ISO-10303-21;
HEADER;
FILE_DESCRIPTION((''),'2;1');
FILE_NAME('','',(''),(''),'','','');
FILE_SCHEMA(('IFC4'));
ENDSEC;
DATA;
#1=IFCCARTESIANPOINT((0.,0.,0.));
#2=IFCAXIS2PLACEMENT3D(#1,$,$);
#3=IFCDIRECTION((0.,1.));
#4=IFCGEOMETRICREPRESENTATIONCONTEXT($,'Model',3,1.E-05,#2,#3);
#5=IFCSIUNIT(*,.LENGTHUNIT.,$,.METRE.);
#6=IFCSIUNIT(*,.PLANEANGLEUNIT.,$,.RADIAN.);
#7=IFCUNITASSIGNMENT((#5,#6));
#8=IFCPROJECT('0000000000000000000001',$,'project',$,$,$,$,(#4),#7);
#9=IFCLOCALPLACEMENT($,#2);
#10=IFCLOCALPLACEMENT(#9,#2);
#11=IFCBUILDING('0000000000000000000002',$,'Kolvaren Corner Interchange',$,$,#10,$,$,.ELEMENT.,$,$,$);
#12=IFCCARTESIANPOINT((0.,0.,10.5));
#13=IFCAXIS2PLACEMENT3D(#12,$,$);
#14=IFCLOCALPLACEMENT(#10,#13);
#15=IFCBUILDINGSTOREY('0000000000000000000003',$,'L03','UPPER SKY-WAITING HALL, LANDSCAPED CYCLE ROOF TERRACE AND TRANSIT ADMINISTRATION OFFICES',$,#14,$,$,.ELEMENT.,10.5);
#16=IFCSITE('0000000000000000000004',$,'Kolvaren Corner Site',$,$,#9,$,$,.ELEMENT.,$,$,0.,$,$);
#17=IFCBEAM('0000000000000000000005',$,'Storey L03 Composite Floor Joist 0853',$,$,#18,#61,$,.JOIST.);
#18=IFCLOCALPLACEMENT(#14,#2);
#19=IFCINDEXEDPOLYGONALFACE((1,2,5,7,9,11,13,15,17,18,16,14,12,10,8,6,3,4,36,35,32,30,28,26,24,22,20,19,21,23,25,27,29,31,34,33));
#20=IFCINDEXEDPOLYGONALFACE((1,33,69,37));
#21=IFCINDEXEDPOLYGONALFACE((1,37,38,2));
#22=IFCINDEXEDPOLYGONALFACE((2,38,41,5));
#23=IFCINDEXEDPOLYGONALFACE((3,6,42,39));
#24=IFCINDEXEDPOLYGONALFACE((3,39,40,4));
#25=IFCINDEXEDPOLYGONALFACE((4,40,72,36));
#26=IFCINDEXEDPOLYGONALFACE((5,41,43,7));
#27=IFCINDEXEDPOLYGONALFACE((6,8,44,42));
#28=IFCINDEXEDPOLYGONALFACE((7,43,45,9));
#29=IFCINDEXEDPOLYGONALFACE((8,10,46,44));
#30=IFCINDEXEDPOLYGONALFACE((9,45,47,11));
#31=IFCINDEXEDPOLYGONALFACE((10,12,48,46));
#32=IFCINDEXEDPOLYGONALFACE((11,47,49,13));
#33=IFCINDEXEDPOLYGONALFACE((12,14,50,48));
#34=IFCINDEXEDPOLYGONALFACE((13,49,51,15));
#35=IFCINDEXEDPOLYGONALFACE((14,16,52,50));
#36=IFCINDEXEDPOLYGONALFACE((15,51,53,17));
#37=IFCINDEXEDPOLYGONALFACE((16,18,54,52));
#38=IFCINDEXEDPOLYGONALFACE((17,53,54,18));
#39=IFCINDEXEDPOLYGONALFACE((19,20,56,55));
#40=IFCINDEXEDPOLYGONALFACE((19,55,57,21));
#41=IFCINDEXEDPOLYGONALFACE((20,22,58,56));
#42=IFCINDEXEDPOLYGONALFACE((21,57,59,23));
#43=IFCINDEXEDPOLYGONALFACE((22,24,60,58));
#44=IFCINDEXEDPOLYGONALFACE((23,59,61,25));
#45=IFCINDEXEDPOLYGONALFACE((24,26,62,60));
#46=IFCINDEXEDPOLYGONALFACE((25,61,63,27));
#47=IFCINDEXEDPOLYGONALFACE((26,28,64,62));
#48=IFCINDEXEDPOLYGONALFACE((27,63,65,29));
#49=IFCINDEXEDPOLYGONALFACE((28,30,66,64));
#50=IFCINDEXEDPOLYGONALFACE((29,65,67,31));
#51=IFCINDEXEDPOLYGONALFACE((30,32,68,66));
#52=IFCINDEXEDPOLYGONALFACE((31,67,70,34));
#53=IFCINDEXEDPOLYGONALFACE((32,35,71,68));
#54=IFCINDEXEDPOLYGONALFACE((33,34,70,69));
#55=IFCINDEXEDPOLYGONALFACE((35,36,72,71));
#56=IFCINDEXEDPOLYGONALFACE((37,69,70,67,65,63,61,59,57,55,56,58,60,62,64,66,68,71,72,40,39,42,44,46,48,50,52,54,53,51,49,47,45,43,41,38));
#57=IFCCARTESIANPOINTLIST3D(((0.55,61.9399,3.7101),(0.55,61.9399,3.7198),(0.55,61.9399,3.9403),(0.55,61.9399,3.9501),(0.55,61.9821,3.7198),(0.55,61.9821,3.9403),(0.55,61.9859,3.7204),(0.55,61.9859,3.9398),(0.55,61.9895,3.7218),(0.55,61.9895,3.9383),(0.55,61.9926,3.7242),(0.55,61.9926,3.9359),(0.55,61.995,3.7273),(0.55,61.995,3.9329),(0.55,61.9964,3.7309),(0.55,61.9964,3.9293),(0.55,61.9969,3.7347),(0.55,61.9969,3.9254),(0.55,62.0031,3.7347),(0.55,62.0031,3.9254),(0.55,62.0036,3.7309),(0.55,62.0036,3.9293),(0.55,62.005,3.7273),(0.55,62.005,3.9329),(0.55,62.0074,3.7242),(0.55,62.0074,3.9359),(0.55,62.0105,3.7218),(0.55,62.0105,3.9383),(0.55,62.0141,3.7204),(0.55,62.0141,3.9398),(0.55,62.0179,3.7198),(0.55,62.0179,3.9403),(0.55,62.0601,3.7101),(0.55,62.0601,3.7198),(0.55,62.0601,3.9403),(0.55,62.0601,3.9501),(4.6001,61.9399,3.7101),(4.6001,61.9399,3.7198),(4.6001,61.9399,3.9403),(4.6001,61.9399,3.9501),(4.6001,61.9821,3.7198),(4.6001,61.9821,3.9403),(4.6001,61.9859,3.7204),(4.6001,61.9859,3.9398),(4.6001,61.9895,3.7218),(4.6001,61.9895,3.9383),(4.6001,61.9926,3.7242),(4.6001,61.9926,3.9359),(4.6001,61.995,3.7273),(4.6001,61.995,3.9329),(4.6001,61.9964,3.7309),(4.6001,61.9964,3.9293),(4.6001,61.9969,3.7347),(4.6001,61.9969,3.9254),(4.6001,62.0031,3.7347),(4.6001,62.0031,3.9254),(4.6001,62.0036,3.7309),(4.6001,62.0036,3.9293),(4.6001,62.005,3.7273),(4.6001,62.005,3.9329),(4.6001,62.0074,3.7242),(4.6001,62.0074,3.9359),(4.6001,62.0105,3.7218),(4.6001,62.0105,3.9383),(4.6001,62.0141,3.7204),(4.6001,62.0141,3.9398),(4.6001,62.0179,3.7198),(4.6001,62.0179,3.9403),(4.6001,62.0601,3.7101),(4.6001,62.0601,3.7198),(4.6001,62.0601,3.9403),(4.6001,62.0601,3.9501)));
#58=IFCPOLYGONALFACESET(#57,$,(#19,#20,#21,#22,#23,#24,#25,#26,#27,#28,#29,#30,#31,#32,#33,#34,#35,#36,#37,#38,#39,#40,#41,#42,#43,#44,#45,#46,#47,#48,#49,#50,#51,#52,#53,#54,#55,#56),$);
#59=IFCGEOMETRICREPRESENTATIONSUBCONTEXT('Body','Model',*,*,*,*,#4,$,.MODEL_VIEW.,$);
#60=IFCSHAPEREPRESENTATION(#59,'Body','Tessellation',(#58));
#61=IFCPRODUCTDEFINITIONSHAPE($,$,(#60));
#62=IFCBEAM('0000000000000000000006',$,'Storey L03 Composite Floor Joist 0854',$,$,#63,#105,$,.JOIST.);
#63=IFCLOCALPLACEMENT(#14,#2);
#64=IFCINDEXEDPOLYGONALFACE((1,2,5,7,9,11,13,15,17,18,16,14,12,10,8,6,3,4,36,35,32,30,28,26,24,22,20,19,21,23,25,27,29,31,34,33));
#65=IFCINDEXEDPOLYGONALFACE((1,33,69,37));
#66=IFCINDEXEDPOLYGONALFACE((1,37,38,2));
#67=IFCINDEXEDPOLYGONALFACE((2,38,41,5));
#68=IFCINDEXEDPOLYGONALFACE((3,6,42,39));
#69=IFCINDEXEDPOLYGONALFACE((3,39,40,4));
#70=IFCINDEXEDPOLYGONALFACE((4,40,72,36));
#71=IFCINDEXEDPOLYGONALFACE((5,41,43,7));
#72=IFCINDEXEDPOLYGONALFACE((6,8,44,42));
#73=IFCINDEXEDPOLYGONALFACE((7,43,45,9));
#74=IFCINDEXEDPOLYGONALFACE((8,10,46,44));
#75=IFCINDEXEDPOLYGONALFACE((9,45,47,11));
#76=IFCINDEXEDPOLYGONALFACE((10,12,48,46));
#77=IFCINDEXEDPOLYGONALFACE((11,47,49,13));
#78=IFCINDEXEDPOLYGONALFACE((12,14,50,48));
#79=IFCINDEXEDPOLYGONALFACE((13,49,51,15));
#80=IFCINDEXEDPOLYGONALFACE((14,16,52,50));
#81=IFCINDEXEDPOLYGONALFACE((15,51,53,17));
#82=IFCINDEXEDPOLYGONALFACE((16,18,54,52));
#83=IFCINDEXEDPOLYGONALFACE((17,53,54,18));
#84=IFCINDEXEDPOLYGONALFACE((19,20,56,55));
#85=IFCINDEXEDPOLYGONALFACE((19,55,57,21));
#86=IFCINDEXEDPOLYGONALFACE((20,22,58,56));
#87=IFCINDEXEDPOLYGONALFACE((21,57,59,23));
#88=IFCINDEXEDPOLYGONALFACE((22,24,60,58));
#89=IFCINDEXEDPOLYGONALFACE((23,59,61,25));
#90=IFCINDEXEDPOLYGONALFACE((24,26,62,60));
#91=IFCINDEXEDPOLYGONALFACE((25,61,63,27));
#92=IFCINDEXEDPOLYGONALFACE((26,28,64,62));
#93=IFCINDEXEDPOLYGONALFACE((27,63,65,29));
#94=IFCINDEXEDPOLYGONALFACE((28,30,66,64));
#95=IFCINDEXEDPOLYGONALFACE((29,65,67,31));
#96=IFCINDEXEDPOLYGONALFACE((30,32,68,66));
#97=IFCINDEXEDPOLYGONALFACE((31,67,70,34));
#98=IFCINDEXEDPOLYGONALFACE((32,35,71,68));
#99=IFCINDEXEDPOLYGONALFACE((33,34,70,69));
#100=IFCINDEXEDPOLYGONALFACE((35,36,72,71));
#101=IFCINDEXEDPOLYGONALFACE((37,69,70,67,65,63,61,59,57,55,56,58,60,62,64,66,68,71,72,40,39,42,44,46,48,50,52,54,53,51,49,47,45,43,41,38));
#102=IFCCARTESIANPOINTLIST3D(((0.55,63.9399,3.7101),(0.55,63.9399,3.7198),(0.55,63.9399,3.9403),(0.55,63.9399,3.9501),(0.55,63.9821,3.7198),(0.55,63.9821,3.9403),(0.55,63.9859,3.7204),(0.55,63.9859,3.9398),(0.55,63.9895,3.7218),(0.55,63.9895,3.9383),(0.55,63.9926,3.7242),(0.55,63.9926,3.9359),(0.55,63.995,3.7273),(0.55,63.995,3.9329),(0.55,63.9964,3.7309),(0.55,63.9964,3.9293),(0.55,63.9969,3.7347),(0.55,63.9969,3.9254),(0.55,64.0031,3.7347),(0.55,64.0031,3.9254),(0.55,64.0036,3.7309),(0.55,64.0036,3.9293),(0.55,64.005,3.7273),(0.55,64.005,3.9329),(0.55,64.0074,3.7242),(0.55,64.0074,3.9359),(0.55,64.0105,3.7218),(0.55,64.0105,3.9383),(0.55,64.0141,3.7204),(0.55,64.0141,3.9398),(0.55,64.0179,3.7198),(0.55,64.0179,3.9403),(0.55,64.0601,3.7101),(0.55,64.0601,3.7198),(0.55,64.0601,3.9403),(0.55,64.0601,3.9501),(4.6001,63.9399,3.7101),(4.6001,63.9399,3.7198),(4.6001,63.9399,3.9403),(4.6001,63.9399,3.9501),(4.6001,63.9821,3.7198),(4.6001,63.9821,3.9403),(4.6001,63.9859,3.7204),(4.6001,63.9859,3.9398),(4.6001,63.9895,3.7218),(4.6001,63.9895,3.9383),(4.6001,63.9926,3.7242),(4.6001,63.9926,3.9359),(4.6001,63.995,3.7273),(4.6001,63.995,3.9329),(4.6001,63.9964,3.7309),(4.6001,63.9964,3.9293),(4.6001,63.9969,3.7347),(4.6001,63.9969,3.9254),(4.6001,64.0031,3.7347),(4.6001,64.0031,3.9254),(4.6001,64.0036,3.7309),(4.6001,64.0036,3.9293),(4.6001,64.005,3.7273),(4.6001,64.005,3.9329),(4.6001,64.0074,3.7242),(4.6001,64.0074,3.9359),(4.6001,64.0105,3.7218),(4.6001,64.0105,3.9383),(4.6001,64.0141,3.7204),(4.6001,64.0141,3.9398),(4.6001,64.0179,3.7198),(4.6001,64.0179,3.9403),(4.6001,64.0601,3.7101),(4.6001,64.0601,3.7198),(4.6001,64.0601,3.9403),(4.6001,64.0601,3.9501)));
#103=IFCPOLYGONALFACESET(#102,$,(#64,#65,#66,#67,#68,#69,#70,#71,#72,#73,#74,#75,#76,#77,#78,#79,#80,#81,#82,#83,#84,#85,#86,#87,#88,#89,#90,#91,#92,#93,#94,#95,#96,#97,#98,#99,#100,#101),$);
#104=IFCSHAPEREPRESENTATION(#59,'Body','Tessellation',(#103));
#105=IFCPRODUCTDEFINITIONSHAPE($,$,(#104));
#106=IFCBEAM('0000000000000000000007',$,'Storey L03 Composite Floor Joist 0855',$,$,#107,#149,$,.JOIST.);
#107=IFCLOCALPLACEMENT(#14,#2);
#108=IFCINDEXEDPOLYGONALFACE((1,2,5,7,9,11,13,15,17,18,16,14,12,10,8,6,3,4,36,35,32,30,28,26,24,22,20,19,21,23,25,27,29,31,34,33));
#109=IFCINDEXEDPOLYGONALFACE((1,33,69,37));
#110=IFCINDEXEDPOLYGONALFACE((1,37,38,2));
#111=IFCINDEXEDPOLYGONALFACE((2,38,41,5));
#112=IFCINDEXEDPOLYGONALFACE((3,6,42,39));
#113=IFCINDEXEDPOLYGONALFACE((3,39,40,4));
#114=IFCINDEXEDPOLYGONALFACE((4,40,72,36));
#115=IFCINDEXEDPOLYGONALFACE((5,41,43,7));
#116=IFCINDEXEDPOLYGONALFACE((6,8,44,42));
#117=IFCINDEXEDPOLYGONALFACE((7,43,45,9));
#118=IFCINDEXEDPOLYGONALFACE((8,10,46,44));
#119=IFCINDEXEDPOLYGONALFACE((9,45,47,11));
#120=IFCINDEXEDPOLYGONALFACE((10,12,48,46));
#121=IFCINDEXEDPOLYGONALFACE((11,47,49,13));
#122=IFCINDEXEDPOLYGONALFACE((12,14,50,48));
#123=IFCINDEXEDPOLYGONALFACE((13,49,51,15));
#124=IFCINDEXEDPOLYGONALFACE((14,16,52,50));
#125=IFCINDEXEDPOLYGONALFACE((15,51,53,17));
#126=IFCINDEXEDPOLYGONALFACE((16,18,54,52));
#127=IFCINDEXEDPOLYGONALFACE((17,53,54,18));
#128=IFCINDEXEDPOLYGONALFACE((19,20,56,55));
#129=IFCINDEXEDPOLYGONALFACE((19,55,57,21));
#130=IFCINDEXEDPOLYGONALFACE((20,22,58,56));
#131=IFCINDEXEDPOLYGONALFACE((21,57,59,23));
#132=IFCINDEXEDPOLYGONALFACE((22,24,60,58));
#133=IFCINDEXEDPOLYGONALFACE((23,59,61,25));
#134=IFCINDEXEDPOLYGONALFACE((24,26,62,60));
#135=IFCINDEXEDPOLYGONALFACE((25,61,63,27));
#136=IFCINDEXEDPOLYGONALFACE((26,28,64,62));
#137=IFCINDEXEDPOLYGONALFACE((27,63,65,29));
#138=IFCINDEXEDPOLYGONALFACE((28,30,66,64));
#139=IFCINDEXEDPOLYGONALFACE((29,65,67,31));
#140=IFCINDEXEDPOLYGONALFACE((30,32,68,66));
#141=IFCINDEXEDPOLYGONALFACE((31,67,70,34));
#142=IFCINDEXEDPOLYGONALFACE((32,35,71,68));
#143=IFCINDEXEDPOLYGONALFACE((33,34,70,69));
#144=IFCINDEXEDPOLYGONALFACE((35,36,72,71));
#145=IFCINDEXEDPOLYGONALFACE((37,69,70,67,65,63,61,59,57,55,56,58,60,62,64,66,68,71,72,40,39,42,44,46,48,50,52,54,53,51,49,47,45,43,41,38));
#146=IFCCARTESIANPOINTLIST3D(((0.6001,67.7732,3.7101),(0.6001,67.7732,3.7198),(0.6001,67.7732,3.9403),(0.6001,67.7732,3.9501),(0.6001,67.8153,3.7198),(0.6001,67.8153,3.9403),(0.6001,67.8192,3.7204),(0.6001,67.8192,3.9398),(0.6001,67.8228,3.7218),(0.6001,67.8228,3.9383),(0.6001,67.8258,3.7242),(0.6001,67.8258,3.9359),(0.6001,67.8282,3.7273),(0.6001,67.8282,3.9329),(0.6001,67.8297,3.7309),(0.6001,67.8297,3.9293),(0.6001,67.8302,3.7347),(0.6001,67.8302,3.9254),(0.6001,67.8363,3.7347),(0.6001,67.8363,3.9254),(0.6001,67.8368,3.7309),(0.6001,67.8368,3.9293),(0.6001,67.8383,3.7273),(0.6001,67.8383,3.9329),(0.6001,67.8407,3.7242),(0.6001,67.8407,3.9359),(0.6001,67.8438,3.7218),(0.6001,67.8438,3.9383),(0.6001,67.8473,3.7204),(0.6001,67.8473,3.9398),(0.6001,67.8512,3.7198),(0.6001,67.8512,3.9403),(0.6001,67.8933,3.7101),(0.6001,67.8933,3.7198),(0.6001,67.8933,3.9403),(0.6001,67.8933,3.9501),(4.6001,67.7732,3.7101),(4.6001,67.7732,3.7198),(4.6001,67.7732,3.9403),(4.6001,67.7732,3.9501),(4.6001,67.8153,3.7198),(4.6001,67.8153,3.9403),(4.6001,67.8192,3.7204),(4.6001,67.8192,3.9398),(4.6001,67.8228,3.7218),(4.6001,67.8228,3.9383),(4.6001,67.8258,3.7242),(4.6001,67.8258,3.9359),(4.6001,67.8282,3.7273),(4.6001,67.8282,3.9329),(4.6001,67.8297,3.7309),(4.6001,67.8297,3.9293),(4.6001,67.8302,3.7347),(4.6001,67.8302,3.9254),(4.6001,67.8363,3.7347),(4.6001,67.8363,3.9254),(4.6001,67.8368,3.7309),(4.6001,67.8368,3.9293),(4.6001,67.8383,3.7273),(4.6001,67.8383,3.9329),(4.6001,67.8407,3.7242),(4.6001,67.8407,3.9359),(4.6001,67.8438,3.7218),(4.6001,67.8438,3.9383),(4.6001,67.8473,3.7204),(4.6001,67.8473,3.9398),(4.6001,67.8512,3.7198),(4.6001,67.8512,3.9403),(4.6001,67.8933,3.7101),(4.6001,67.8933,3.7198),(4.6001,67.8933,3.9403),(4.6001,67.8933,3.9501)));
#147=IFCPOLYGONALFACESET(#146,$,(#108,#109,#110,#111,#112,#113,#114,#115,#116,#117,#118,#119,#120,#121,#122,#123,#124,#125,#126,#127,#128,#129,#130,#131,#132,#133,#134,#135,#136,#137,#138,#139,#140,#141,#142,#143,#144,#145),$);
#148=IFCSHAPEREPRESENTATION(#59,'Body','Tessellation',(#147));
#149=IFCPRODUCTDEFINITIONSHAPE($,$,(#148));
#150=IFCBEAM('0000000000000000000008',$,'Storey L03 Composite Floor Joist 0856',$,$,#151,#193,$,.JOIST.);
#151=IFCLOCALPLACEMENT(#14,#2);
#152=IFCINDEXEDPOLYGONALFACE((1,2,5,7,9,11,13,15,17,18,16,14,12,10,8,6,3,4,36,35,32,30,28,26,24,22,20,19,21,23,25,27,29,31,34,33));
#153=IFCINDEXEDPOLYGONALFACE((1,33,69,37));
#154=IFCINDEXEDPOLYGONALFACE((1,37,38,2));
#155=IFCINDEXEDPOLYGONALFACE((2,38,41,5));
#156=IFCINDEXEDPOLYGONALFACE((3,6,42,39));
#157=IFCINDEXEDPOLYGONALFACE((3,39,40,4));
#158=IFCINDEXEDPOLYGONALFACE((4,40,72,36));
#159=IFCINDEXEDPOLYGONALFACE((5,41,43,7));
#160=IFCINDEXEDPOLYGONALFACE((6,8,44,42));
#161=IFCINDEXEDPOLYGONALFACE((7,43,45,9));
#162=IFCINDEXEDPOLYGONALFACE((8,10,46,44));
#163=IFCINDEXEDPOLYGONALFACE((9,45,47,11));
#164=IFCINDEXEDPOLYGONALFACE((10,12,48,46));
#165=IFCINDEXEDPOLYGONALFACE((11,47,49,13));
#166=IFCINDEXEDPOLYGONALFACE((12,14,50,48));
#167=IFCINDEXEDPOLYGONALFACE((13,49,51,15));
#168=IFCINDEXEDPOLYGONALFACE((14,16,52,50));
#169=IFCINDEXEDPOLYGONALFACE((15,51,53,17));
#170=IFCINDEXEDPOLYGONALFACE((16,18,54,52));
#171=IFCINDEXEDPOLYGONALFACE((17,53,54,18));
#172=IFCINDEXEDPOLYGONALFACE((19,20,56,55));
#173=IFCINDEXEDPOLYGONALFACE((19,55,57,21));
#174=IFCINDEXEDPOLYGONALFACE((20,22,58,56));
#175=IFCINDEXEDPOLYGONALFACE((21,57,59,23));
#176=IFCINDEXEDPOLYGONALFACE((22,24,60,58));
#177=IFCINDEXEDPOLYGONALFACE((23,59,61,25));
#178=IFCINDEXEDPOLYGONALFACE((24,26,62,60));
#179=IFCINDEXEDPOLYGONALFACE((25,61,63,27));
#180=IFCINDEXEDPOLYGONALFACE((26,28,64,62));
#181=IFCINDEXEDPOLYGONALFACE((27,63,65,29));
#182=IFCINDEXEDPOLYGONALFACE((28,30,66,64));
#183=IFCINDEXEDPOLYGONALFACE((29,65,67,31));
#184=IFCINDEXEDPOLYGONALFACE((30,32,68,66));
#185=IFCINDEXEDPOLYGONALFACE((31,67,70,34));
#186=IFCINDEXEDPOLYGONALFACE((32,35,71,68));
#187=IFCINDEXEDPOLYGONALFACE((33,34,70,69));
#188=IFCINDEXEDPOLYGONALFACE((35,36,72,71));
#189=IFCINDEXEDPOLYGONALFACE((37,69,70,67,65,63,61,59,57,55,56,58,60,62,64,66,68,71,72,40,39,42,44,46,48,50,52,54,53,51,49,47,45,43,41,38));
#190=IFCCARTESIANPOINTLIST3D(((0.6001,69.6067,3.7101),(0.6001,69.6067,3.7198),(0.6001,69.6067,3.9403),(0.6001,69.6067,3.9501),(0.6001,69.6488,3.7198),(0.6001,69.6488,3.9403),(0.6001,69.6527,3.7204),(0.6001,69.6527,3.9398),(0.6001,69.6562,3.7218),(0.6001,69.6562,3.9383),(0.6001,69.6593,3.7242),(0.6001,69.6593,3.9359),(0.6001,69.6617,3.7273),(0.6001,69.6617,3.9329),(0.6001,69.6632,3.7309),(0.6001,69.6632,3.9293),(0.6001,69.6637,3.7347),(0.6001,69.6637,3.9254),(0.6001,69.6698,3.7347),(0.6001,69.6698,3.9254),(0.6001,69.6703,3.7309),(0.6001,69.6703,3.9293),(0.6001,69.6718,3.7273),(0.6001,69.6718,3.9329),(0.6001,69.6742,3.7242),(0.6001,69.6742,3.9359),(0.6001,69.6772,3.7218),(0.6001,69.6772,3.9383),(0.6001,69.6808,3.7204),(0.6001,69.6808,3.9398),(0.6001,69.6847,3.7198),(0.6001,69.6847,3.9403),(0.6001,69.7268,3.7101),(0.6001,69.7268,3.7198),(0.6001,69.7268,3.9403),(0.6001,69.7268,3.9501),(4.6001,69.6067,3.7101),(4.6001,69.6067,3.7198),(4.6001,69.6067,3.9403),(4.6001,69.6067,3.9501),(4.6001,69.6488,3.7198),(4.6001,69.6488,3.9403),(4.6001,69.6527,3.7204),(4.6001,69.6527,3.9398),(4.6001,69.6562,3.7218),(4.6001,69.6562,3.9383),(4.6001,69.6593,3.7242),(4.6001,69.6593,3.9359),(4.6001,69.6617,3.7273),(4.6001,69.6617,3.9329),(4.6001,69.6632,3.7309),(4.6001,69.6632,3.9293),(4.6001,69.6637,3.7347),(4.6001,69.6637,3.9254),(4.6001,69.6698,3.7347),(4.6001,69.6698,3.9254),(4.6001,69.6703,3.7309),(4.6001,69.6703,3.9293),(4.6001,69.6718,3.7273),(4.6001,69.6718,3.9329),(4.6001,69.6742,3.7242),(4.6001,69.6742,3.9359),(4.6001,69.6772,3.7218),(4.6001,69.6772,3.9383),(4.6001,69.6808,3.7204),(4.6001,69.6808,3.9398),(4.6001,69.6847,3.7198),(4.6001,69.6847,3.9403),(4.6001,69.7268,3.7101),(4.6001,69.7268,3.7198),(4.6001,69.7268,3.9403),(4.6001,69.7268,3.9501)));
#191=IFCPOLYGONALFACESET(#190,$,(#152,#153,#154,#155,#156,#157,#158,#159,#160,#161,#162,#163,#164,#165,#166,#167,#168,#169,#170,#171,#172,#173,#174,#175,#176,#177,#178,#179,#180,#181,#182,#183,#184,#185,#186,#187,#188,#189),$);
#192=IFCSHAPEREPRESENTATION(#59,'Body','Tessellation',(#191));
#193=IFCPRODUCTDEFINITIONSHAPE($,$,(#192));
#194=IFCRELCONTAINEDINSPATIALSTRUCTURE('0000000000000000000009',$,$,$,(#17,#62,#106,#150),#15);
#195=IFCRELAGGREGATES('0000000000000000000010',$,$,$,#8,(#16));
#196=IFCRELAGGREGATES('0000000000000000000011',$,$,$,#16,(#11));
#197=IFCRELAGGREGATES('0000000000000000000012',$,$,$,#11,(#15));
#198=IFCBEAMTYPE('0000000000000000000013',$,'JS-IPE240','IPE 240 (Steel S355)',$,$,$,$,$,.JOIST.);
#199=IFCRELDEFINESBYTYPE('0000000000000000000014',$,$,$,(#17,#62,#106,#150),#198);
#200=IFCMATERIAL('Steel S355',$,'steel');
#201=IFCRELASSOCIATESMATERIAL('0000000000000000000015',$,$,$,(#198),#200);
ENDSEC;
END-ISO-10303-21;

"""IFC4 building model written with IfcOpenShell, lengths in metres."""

from ifc_helpers import new_model, si_unit, direction, frame, origin, origin_2d, place, context, subcontext, project, spatial, i_section, extrude, material, material_profile, profile_set, type_object, element, save


model = new_model("IFC4")

# Units and contexts
model_context = context("Model", 3, precision=1e-05, world=origin(), true_north=direction((0.0, 1.0)))
body_context = subcontext(model_context, "Body", "Model", "MODEL_VIEW")
ifc_project = project(units=[si_unit("LENGTHUNIT", "METRE"), si_unit("PLANEANGLEUNIT", "RADIAN")], contexts=[model_context])

# Site, building, storey
site_placement = place(None, origin())
site = spatial("IfcSite", under=ifc_project, at=site_placement, Name="Kolvaren Corner Site", CompositionType="ELEMENT", RefElevation=0.0)
building_placement = place(site_placement, origin())
building = spatial("IfcBuilding", under=site, at=building_placement, Name="Kolvaren Corner Interchange", CompositionType="ELEMENT")
storey_placement = place(building_placement, frame((0.0, 0.0, 10.5)))
storey = spatial("IfcBuildingStorey", under=building, at=storey_placement, Name="L03", Description="UPPER SKY-WAITING HALL, LANDSCAPED CYCLE ROOF TERRACE AND TRANSIT ADMINISTRATION OFFICES", CompositionType="ELEMENT", Elevation=10.5)

# Beams
ifc_material_1 = material(Name="Steel S355", Category="steel")
ifc_material_profile_1 = material_profile(ifc_material_1, i_section(OverallWidth=0.1201, OverallDepth=0.24, WebThickness=0.0061, FlangeThickness=0.0098, FilletRadius=0.0149, at=origin_2d()), Name="IPE 240")
ifc_profile_set_1 = profile_set([ifc_material_profile_1], Name="Steel S355")
beam_type_1 = type_object("IfcBeamType", Name="JS-IPE240", Description="IPE 240 (Steel S355)", PredefinedType="JOIST", material=ifc_profile_set_1)
for number, where, z_axis, x_axis, name in (
    (1, (0.55, 62.0, 3.8301), (1.0, 0.0, 0.0), (0.0, 1.0, 0.0), "Storey L03 Composite Floor Joist 0853"),
    (2, (0.55, 64.0, 3.8301), (1.0, 0.0, 0.0), (0.0, 1.0, 0.0), "Storey L03 Composite Floor Joist 0854"),
):
    element("IfcBeam", number, at=place(storey_placement, frame(where, z_axis=z_axis, x_axis=x_axis)), inside=storey, type_object=beam_type_1, Name=name, PredefinedType="JOIST", context=body_context, shape_type="SweptSolid", body=[
        extrude(i_section(OverallWidth=0.1201, OverallDepth=0.24, WebThickness=0.0061, FlangeThickness=0.0098, FilletRadius=0.0149, at=origin_2d()), origin(), (0.0, 0.0, 1.0), 4.05),
    ])
for number, where, z_axis, x_axis, name in (
    (3, (0.6001, 67.8333, 3.8301), (1.0, 0.0, 0.0), (0.0, 1.0, 0.0), "Storey L03 Composite Floor Joist 0855"),
    (4, (0.6001, 69.6667, 3.8301), (1.0, 0.0, 0.0), (0.0, 1.0, 0.0), "Storey L03 Composite Floor Joist 0856"),
):
    element("IfcBeam", number, at=place(storey_placement, frame(where, z_axis=z_axis, x_axis=x_axis)), inside=storey, type_object=beam_type_1, Name=name, PredefinedType="JOIST", context=body_context, shape_type="SweptSolid", body=[
        extrude(i_section(OverallWidth=0.1201, OverallDepth=0.24, WebThickness=0.0061, FlangeThickness=0.0098, FilletRadius=0.0149, at=origin_2d()), origin(), (0.0, 0.0, 1.0), 4.0),
    ])

save(model, "model.ifc")
